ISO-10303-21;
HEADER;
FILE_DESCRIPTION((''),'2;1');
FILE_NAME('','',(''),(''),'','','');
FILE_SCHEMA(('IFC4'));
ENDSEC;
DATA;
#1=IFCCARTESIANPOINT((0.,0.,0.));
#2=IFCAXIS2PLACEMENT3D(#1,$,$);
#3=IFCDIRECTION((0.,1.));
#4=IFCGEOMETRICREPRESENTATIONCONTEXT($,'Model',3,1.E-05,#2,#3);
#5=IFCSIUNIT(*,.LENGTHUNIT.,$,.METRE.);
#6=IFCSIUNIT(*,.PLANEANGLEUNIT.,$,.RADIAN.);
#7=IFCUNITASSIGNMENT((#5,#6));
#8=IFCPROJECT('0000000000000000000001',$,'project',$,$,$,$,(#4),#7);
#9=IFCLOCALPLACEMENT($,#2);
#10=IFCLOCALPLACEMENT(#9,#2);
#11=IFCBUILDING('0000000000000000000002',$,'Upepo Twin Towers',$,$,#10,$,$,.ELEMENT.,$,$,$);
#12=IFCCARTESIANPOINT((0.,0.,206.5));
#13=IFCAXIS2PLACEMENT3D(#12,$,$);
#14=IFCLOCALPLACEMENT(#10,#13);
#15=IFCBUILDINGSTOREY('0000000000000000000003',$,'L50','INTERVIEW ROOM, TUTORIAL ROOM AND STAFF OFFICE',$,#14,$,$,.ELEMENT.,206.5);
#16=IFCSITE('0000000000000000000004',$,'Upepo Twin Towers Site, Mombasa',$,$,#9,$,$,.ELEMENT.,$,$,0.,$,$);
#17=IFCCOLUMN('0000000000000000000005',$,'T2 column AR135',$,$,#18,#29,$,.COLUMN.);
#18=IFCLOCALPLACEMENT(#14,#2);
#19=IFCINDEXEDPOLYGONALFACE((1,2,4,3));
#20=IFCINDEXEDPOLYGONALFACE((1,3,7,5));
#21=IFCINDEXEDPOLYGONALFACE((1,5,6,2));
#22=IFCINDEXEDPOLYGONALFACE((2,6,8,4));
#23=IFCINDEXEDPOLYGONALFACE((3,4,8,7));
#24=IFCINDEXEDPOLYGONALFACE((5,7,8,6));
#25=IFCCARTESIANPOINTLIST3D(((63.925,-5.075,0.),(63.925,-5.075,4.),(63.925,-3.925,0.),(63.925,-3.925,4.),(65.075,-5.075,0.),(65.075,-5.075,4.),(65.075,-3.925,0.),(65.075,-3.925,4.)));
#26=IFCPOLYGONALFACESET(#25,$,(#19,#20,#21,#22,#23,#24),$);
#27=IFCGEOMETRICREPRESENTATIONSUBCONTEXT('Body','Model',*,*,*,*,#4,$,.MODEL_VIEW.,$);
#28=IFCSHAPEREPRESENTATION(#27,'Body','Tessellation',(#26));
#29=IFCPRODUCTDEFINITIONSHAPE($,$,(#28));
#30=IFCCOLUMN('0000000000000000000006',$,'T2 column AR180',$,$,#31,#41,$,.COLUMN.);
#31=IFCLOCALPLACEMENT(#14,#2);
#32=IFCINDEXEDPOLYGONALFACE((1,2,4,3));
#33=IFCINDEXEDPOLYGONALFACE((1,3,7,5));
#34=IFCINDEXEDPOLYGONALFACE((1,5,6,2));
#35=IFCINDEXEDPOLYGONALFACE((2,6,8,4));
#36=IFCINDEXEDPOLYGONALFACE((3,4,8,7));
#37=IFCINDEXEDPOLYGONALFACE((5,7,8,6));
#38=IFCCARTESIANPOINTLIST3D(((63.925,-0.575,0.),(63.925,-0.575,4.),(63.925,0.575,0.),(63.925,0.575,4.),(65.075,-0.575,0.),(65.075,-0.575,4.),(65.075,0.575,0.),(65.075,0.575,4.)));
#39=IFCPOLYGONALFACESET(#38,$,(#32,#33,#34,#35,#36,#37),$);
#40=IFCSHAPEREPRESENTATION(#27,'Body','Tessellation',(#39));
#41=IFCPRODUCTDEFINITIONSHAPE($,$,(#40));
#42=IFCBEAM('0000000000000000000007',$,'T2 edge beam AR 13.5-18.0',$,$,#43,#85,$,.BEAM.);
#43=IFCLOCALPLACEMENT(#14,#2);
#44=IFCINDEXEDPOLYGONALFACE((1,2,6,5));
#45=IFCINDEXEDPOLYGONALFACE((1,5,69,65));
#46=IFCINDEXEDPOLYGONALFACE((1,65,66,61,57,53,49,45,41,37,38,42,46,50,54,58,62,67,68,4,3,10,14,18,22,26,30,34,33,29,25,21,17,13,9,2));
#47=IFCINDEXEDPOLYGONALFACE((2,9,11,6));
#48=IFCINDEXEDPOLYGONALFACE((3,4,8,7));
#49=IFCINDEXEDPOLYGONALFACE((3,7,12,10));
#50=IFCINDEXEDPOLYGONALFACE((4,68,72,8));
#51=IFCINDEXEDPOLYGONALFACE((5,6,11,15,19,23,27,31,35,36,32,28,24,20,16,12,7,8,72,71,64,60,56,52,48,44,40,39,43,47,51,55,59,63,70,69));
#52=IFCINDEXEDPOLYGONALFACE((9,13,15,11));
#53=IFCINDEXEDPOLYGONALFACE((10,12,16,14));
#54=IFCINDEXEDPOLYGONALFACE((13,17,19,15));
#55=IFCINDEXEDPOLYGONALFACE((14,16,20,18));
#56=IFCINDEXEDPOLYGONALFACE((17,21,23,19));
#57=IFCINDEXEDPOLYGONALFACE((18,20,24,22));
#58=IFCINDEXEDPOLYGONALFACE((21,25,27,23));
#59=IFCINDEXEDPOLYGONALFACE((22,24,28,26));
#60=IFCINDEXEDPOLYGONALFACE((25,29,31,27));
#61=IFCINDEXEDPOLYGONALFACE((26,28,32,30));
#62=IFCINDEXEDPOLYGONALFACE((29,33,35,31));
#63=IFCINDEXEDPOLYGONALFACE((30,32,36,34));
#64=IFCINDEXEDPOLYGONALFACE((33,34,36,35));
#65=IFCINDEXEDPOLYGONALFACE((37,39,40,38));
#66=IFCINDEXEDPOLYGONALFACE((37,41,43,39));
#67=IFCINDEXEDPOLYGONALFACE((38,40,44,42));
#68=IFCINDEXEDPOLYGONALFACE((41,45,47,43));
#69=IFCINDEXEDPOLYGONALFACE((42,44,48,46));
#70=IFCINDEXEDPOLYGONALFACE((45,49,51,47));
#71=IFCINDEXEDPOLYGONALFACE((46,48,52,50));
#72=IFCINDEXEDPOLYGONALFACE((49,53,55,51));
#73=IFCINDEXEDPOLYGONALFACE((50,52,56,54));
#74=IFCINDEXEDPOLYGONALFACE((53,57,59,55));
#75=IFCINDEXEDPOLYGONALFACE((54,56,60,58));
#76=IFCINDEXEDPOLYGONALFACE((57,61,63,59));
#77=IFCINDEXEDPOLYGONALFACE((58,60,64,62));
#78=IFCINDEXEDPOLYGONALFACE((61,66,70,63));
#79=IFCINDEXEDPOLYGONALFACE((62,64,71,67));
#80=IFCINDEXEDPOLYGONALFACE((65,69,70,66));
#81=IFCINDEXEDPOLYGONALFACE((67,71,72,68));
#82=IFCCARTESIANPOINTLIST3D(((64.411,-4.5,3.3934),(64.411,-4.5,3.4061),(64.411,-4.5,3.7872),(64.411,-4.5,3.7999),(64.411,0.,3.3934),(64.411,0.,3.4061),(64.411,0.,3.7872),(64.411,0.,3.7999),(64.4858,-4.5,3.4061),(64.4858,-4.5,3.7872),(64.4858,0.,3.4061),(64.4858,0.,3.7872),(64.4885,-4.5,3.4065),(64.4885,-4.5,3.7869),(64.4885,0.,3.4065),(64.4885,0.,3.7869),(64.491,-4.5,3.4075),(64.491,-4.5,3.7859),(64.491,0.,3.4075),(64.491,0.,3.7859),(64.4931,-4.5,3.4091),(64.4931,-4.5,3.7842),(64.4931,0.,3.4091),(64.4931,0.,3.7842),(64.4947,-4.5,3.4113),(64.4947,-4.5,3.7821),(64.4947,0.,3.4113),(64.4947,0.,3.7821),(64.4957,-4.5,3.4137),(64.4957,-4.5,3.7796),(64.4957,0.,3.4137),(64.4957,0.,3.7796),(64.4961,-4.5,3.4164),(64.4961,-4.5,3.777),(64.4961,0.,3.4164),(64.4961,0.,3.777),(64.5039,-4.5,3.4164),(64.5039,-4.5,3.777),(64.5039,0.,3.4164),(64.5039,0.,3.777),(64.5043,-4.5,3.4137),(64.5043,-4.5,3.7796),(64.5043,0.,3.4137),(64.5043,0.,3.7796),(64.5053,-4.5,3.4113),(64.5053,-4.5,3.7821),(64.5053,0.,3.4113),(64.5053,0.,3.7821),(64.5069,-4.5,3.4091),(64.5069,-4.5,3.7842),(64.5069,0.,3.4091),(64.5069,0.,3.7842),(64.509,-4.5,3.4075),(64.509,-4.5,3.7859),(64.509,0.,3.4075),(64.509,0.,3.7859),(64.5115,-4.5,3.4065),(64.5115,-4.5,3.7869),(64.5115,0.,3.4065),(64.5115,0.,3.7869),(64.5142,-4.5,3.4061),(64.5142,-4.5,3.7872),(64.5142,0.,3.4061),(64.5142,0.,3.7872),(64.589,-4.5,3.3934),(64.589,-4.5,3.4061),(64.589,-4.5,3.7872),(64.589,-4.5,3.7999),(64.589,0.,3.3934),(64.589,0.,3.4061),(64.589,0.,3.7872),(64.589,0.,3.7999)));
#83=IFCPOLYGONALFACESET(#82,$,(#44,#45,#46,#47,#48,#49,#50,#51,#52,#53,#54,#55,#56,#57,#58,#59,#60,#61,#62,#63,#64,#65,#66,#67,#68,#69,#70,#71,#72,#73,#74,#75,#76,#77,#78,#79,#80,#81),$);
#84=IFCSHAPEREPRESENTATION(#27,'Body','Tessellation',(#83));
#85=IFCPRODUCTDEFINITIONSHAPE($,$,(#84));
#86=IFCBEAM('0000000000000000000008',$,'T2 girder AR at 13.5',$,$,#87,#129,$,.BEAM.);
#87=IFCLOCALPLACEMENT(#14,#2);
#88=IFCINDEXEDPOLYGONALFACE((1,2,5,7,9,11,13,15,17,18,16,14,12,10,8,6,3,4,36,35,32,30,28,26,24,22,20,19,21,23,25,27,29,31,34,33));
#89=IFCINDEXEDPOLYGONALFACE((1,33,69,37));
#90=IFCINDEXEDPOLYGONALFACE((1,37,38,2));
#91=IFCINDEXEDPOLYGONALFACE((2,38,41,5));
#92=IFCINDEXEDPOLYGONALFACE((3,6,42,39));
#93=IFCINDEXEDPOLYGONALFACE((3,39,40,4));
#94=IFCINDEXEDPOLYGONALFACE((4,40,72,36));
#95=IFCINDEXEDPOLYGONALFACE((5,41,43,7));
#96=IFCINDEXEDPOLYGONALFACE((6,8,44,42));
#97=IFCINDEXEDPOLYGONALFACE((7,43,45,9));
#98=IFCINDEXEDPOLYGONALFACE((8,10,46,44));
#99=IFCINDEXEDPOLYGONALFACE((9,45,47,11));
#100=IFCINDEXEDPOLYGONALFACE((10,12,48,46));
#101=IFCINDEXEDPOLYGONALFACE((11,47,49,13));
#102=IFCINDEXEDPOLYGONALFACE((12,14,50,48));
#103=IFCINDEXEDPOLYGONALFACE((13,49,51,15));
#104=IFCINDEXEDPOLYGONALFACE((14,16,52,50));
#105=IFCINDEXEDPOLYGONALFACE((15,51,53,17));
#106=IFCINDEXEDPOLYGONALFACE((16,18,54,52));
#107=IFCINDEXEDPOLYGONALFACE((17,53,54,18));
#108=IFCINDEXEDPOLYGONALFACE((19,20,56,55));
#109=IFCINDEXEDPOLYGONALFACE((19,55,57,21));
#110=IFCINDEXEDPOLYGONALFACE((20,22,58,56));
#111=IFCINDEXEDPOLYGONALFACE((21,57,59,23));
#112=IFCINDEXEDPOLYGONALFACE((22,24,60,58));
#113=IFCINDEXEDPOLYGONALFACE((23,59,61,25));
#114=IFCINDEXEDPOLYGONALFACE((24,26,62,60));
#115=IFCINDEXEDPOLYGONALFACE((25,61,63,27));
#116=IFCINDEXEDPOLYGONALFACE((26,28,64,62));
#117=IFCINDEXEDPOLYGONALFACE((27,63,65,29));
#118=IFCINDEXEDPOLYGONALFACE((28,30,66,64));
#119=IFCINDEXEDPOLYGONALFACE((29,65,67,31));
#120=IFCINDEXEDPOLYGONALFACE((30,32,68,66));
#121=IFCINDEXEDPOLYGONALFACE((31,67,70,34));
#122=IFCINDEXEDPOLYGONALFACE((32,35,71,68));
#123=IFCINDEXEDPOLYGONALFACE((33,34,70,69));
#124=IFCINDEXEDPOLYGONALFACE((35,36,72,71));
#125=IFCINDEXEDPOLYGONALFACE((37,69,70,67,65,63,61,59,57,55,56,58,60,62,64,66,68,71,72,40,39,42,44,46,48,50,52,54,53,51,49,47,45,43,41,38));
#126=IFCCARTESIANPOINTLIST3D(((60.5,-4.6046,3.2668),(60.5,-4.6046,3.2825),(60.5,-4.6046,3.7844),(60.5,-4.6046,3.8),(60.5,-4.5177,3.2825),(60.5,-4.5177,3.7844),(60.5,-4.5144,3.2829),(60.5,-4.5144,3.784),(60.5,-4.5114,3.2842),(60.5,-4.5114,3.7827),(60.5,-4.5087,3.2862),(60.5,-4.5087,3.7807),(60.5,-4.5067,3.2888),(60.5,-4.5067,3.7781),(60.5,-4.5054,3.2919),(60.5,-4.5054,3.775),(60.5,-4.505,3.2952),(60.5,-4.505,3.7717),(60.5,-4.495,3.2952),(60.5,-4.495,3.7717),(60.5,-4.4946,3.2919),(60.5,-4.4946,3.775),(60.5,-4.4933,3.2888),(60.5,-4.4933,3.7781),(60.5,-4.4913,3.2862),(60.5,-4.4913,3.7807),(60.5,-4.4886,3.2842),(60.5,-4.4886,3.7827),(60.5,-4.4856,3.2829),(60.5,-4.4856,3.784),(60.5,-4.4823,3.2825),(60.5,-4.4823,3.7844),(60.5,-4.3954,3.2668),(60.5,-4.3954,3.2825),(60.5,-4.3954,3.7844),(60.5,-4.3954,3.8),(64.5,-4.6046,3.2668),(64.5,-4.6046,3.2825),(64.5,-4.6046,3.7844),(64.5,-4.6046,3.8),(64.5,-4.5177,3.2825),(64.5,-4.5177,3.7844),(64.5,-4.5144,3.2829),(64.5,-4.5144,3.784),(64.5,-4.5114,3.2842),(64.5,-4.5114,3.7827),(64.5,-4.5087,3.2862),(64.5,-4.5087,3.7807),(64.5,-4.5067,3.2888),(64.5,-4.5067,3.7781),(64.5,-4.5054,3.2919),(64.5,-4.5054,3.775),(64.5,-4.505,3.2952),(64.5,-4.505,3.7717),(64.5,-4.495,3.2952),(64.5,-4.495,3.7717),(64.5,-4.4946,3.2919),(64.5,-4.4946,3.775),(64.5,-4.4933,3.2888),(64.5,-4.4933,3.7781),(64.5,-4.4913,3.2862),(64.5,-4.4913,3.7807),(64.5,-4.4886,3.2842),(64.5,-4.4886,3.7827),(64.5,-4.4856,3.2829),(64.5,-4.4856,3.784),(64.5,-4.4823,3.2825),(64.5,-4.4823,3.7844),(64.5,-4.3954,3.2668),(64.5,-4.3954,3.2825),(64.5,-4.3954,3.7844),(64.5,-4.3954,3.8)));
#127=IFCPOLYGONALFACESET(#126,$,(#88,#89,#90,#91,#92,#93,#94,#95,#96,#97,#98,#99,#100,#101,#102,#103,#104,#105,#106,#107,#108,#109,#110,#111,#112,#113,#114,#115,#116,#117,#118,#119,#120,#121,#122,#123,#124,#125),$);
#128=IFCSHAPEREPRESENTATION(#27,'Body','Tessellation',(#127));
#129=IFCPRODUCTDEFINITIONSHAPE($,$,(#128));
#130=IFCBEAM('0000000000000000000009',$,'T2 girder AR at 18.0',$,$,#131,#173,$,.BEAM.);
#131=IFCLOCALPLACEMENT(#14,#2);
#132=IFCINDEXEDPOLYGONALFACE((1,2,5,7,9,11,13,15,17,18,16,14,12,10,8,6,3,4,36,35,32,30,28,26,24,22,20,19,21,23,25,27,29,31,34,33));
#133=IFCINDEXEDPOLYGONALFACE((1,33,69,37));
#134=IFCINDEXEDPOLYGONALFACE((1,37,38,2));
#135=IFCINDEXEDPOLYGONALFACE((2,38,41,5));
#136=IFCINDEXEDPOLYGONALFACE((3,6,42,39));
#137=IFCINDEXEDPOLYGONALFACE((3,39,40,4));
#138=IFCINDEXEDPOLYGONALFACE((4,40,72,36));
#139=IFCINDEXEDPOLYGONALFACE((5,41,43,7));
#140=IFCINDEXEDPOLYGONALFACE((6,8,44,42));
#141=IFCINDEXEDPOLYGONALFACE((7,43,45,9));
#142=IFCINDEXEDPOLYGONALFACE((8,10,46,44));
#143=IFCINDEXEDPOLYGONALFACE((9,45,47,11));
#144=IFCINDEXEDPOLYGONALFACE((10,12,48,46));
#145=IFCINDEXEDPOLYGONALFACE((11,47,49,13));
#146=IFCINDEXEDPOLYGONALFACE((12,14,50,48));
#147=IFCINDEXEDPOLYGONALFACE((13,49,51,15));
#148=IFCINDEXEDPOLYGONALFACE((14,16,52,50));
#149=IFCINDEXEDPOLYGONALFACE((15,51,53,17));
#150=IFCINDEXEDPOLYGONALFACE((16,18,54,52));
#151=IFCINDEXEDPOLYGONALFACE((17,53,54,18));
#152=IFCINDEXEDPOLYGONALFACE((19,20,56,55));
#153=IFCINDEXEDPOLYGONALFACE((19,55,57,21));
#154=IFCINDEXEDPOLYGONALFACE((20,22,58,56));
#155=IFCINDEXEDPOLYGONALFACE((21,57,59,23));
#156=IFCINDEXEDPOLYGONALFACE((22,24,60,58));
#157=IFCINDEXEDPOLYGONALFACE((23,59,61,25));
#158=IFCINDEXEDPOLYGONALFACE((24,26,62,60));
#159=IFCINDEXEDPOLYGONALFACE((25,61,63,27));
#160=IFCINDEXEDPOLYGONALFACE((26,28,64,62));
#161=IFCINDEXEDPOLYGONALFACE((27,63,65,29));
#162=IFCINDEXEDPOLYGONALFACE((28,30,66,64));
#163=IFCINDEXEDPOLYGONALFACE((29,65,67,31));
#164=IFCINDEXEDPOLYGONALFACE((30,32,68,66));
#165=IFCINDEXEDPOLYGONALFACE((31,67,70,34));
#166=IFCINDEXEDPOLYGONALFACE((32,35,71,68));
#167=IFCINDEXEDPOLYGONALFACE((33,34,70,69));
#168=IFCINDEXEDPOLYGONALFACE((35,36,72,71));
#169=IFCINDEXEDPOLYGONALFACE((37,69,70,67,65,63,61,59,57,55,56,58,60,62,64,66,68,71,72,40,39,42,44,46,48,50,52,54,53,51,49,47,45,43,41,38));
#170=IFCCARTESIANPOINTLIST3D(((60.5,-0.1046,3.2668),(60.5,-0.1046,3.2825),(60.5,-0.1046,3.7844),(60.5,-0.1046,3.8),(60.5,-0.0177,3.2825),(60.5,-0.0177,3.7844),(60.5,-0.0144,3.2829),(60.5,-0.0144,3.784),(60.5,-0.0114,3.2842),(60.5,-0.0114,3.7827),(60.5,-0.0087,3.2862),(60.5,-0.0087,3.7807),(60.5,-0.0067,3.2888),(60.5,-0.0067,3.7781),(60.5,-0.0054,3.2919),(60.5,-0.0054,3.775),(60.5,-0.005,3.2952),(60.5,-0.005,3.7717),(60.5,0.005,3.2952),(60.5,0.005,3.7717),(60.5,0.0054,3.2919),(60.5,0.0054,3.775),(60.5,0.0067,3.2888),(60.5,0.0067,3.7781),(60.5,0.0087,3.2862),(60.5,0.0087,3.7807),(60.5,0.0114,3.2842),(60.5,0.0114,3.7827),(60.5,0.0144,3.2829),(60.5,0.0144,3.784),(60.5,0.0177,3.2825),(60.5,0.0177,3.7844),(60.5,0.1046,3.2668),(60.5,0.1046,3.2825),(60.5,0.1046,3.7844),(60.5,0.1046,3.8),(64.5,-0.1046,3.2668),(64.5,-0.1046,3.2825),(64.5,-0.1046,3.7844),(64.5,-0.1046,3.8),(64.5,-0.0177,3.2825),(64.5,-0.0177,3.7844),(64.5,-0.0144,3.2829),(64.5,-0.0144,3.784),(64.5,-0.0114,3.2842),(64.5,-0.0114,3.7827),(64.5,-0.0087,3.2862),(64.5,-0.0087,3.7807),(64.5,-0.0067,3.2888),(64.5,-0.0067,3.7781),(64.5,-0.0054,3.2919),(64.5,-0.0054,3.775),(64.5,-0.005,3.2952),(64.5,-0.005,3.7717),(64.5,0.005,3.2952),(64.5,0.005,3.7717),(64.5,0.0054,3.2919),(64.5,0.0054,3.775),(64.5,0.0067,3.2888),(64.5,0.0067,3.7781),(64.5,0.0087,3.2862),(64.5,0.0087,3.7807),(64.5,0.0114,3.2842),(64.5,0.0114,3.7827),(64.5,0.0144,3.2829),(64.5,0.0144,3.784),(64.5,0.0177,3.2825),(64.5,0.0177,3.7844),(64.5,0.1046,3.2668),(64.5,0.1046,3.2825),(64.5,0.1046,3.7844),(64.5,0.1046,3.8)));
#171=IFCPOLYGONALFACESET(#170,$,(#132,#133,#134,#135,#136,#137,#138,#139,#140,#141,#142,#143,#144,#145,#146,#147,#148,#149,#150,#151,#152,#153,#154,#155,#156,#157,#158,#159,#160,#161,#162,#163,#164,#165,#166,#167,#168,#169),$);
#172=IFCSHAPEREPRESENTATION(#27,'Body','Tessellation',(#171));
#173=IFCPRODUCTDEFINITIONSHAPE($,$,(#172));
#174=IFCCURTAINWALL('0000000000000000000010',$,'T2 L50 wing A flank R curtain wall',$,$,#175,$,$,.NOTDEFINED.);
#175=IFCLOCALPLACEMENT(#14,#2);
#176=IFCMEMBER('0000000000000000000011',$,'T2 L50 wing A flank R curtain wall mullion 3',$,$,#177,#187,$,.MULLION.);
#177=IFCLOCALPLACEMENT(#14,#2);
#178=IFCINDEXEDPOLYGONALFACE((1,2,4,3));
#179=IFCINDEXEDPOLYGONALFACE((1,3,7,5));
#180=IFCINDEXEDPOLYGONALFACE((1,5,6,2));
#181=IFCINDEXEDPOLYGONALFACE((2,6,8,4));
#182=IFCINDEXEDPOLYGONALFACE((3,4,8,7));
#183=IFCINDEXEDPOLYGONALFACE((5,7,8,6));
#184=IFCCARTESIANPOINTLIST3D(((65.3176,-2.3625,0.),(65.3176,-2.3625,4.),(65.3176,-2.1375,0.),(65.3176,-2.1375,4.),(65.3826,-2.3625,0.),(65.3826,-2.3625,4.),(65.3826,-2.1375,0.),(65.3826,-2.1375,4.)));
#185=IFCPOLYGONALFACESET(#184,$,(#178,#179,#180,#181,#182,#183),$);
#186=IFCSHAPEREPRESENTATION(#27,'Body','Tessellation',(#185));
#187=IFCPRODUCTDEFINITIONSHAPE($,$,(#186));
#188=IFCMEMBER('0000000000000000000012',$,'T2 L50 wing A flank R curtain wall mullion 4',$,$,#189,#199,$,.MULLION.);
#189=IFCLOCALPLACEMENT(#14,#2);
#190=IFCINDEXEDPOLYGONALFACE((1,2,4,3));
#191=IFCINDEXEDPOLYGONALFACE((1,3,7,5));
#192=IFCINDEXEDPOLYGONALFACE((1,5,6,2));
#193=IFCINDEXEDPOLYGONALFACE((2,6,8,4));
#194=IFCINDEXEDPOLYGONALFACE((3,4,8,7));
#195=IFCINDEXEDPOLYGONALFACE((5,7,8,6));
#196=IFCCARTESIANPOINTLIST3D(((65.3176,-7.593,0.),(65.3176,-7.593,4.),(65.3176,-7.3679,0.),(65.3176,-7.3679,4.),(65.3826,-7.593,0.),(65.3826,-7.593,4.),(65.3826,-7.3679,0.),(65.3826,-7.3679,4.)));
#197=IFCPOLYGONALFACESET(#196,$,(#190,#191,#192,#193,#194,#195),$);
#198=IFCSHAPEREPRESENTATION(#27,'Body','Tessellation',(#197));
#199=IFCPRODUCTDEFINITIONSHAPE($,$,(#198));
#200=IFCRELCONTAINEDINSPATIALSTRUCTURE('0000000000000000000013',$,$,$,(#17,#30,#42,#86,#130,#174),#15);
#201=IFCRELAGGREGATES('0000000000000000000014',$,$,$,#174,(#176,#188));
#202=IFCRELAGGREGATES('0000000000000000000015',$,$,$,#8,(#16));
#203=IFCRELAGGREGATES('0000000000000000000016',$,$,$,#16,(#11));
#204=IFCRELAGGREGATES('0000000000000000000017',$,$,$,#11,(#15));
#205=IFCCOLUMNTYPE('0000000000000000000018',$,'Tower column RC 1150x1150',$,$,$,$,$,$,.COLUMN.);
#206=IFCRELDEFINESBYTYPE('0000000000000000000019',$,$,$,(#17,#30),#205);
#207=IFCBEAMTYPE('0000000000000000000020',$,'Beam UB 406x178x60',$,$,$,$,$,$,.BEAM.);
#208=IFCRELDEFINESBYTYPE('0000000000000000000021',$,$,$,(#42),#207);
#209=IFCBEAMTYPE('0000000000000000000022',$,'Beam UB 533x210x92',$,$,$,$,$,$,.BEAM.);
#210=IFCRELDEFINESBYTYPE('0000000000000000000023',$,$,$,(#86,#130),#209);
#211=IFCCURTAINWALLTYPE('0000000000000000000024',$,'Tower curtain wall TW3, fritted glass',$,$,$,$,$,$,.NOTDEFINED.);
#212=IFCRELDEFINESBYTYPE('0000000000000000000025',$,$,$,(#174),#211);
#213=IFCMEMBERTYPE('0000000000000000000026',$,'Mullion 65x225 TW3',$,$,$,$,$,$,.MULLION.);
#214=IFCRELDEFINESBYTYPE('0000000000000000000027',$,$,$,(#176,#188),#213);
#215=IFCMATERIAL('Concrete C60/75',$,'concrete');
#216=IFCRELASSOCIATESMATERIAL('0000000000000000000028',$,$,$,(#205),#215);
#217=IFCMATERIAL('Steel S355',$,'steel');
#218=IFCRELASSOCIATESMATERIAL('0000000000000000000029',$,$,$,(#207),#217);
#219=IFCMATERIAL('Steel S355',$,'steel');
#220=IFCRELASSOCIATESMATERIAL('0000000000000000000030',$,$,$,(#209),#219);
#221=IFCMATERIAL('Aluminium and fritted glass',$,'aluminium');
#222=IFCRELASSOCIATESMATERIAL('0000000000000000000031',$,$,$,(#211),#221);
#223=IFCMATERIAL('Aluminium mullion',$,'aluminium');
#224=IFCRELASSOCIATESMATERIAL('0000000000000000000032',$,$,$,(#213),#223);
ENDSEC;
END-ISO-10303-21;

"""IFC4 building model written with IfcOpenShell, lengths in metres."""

from ifc_helpers import new_model, si_unit, direction, frame, origin, origin_2d, place, context, subcontext, project, spatial, rectangle, i_section, extrude, material, material_profile, profile_set, type_object, element, aggregate, save


model = new_model("IFC4")

# Units and contexts
model_context = context("Model", 3, precision=1e-05, world=origin(), true_north=direction((0.0, 1.0)))
body_context = subcontext(model_context, "Body", "Model", "MODEL_VIEW")
ifc_project = project(units=[si_unit("LENGTHUNIT", "METRE"), si_unit("PLANEANGLEUNIT", "RADIAN")], contexts=[model_context])

# Site, building, storey
site_placement = place(None, origin())
site = spatial("IfcSite", under=ifc_project, at=site_placement, Name="Upepo Twin Towers Site, Mombasa", CompositionType="ELEMENT", RefElevation=0.0)
building_placement = place(site_placement, origin())
building = spatial("IfcBuilding", under=site, at=building_placement, Name="Upepo Twin Towers", CompositionType="ELEMENT")
storey_placement = place(building_placement, frame((0.0, 0.0, 206.5)))
storey = spatial("IfcBuildingStorey", under=building, at=storey_placement, Name="L50", Description="INTERVIEW ROOM, TUTORIAL ROOM AND STAFF OFFICE", CompositionType="ELEMENT", Elevation=206.5)

# Columns
ifc_material_1 = material(Name="Concrete C60/75", Category="concrete")
ifc_material_profile_1 = material_profile(ifc_material_1, rectangle(XDim=1.1499, YDim=1.1499, at=origin_2d()), Name="RC 1150x1150")
ifc_profile_set_1 = profile_set([ifc_material_profile_1], Name="Concrete C60/75")
column_type = type_object("IfcColumnType", Name="Tower column RC 1150x1150", PredefinedType="COLUMN", material=ifc_profile_set_1)
for number, where, z_axis, x_axis, name in (
    (1, (64.5, -4.5, 0.0), (0.0, 0.0, 1.0), (1.0, 0.0, 0.0), "T2 column AR135"),
    (2, (64.5, 0.0, 0.0), (0.0, 0.0, 1.0), (1.0, 0.0, 0.0), "T2 column AR180"),
):
    element("IfcColumn", number, at=place(storey_placement, frame(where, z_axis=z_axis, x_axis=x_axis)), inside=storey, type_object=column_type, Name=name, PredefinedType="COLUMN", context=body_context, shape_type="SweptSolid", body=[
        extrude(rectangle(XDim=1.1499, YDim=1.1499, at=origin_2d()), origin(), (0.0, 0.0, 1.0), 4.0),
    ])

# Beams
ifc_material_2 = material(Name="Steel S355", Category="steel")
ifc_material_profile_2 = material_profile(ifc_material_2, i_section(OverallWidth=0.178, OverallDepth=0.4065, WebThickness=0.0078, FlangeThickness=0.0127, FilletRadius=0.0103, at=origin_2d()), Name="UB 406x178x60")
ifc_profile_set_2 = profile_set([ifc_material_profile_2], Name="Steel S355")
beam_type_1 = type_object("IfcBeamType", Name="Beam UB 406x178x60", PredefinedType="BEAM", material=ifc_profile_set_2)
beam_placement = place(storey_placement, frame((64.5, -4.5, 3.5967), z_axis=(0.0, 1.0, 0.0), x_axis=(-1.0, 0.0, 0.0)))
element("IfcBeam", 3, at=beam_placement, inside=storey, type_object=beam_type_1, Name="T2 edge beam AR 13.5-18.0", PredefinedType="BEAM", context=body_context, shape_type="SweptSolid", body=[
    extrude(i_section(OverallWidth=0.178, OverallDepth=0.4065, WebThickness=0.0078, FlangeThickness=0.0127, FilletRadius=0.0103, at=origin_2d()), origin(), (0.0, 0.0, 1.0), 4.5),
])
ifc_material_3 = material(Name="Steel S355", Category="steel")
ifc_material_profile_3 = material_profile(ifc_material_3, i_section(OverallWidth=0.2092, OverallDepth=0.5332, WebThickness=0.01, FlangeThickness=0.0156, FilletRadius=0.0127, at=origin_2d()), Name="UB 533x210x92")
ifc_profile_set_3 = profile_set([ifc_material_profile_3], Name="Steel S355")
beam_type_2 = type_object("IfcBeamType", Name="Beam UB 533x210x92", PredefinedType="BEAM", material=ifc_profile_set_3)
for number, where, z_axis, x_axis, name in (
    (4, (64.5, -4.5, 3.5334), (-1.0, 0.0, 0.0), (0.0, -1.0, 0.0), "T2 girder AR at 13.5"),
    (5, (64.5, 0.0, 3.5334), (-1.0, 0.0, 0.0), (0.0, -1.0, 0.0), "T2 girder AR at 18.0"),
):
    element("IfcBeam", number, at=place(storey_placement, frame(where, z_axis=z_axis, x_axis=x_axis)), inside=storey, type_object=beam_type_2, Name=name, PredefinedType="BEAM", context=body_context, shape_type="SweptSolid", body=[
        extrude(i_section(OverallWidth=0.2092, OverallDepth=0.5332, WebThickness=0.01, FlangeThickness=0.0156, FilletRadius=0.0127, at=origin_2d()), origin(), (0.0, 0.0, 1.0), 4.0),
    ])

# Curtain wall, members
ifc_material_4 = material(Name="Aluminium and fritted glass", Category="aluminium")
curtain_wall_type = type_object("IfcCurtainWallType", Name="Tower curtain wall TW3, fritted glass", PredefinedType="NOTDEFINED", material=ifc_material_4)
curtain_wall_placement = place(storey_placement, origin())
curtain_wall = element("IfcCurtainWall", 6, at=curtain_wall_placement, inside=storey, type_object=curtain_wall_type, Name="T2 L50 wing A flank R curtain wall", PredefinedType="NOTDEFINED")
ifc_material_5 = material(Name="Aluminium mullion", Category="aluminium")
ifc_material_profile_4 = material_profile(ifc_material_5, rectangle(XDim=0.0649, YDim=0.2251, at=origin_2d()), Name="MULLION 65x225")
ifc_profile_set_4 = profile_set([ifc_material_profile_4], Name="Aluminium mullion")
member_type_1 = type_object("IfcMemberType", Name="Mullion 65x225 TW3", PredefinedType="MULLION", material=ifc_profile_set_4)
member_1_placement = place(storey_placement, frame((65.3501, -2.25, 0.0), z_axis=(0.0, 0.0, 1.0), x_axis=(1.0, 0.0, 0.0)))
member_1 = element("IfcMember", 7, at=member_1_placement, type_object=member_type_1, Name="T2 L50 wing A flank R curtain wall mullion 3", PredefinedType="MULLION", context=body_context, shape_type="SweptSolid", body=[
    extrude(rectangle(XDim=0.0649, YDim=0.2251, at=origin_2d()), origin(), (0.0, 0.0, 1.0), 4.0),
])
member_2_placement = place(storey_placement, frame((65.3501, -7.4805, 0.0), z_axis=(0.0, 0.0, 1.0), x_axis=(1.0, 0.0, 0.0)))
member_2 = element("IfcMember", 8, at=member_2_placement, type_object=member_type_1, Name="T2 L50 wing A flank R curtain wall mullion 4", PredefinedType="MULLION", context=body_context, shape_type="SweptSolid", body=[
    extrude(rectangle(XDim=0.0649, YDim=0.2251, at=origin_2d()), origin(), (0.0, 0.0, 1.0), 4.0),
])
aggregate(curtain_wall, [member_1, member_2])

save(model, "model.ifc")
